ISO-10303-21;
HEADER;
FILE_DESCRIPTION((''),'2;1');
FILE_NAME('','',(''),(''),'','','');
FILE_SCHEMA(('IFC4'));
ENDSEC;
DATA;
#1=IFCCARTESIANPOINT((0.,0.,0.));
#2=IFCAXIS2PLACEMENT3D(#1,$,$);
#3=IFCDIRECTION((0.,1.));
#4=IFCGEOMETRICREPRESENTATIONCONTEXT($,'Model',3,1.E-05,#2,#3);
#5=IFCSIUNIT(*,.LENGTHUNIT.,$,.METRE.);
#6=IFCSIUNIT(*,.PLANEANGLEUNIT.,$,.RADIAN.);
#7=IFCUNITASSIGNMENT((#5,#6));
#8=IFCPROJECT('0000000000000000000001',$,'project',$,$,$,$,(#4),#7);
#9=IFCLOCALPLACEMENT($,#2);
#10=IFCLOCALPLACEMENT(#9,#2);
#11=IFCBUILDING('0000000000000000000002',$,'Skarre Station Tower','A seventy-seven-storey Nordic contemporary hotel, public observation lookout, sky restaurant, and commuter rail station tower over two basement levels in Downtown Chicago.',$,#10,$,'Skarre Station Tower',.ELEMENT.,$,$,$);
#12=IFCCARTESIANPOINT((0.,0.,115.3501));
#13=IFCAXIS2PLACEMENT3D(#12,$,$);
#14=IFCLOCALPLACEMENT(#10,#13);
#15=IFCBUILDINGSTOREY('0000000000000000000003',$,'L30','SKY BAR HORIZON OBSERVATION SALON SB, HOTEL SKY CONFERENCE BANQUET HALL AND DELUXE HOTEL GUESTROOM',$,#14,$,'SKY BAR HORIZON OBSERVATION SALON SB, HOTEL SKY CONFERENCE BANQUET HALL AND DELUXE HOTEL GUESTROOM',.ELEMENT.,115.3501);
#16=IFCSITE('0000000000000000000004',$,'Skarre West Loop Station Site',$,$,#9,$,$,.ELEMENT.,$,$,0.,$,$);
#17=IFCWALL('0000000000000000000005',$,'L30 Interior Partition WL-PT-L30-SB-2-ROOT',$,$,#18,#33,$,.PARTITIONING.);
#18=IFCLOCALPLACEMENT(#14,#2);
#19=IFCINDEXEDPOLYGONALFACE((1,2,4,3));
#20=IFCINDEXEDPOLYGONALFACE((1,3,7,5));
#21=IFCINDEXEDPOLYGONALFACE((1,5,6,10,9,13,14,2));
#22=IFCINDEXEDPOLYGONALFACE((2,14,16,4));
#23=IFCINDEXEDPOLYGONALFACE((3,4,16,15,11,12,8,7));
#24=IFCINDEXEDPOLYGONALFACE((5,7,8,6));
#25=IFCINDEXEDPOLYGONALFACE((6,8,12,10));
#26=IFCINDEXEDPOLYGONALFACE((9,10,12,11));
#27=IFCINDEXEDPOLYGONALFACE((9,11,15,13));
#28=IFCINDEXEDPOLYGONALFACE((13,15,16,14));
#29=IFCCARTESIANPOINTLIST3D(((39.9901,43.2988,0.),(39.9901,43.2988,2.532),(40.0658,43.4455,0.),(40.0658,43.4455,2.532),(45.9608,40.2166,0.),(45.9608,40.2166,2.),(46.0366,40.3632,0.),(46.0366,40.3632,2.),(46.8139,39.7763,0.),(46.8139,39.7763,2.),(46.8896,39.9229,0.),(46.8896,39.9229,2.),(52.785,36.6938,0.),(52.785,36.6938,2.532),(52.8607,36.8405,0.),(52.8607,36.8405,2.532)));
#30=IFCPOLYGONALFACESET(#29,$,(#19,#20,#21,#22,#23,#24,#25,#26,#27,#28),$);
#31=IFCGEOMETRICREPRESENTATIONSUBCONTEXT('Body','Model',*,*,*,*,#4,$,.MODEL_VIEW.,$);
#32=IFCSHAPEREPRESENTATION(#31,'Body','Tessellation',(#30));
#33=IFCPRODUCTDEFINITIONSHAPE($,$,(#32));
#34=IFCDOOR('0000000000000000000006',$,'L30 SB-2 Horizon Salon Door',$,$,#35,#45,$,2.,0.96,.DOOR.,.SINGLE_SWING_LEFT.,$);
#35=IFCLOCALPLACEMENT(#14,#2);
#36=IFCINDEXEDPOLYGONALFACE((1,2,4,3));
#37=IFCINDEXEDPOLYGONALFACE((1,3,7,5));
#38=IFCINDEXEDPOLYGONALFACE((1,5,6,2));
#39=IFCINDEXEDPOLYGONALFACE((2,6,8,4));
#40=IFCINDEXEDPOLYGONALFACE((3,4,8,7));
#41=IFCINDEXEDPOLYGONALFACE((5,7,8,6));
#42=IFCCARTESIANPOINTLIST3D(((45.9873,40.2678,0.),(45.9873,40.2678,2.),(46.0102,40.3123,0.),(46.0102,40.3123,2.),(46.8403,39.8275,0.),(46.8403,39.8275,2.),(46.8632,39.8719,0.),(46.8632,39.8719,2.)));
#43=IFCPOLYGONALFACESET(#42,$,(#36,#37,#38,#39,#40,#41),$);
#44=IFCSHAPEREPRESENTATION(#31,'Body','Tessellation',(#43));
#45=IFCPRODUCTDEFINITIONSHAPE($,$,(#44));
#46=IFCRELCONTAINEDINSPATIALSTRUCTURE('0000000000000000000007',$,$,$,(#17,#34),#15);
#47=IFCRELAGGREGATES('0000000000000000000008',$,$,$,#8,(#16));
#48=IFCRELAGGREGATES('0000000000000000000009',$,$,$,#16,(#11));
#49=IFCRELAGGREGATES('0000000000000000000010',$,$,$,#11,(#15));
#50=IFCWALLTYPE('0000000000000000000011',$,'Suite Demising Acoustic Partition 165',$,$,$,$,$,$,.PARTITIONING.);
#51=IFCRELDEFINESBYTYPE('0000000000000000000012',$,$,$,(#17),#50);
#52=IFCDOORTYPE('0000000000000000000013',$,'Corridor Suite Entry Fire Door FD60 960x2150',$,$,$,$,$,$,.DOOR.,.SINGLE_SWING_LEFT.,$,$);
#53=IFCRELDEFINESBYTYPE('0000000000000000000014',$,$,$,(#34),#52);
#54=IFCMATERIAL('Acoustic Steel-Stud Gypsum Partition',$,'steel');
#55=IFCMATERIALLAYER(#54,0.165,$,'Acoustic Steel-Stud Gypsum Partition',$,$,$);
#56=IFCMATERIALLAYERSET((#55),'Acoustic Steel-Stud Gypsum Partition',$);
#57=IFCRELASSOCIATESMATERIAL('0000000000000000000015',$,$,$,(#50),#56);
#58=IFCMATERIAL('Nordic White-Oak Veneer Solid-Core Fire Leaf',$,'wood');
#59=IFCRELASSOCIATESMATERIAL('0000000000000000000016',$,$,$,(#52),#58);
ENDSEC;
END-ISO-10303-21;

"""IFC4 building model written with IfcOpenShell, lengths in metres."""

from ifc_helpers import new_model, si_unit, direction, frame, frame_2d, origin, place, context, subcontext, project, spatial, rectangle, extrude, material, layer, layer_set, type_object, element, fill, save


model = new_model("IFC4")

# Units and contexts
model_context = context("Model", 3, precision=1e-05, world=origin(), true_north=direction((0.0, 1.0)))
body_context = subcontext(model_context, "Body", "Model", "MODEL_VIEW")
ifc_project = project(units=[si_unit("LENGTHUNIT", "METRE"), si_unit("PLANEANGLEUNIT", "RADIAN")], contexts=[model_context])

# Site, building, storey
site_placement = place(None, origin())
site = spatial("IfcSite", under=ifc_project, at=site_placement, Name="Skarre West Loop Station Site", CompositionType="ELEMENT", RefElevation=0.0)
building_placement = place(site_placement, origin())
building = spatial("IfcBuilding", under=site, at=building_placement, Name="Skarre Station Tower", Description="A seventy-seven-storey Nordic contemporary hotel, public observation lookout, sky restaurant, and commuter rail station tower over two basement levels in Downtown Chicago.", LongName="Skarre Station Tower", CompositionType="ELEMENT")
storey_placement = place(building_placement, frame((0.0, 0.0, 115.3501)))
storey = spatial("IfcBuildingStorey", under=building, at=storey_placement, Name="L30", Description="SKY BAR HORIZON OBSERVATION SALON SB, HOTEL SKY CONFERENCE BANQUET HALL AND DELUXE HOTEL GUESTROOM", LongName="SKY BAR HORIZON OBSERVATION SALON SB, HOTEL SKY CONFERENCE BANQUET HALL AND DELUXE HOTEL GUESTROOM", CompositionType="ELEMENT", Elevation=115.3501)

# Wall, opening, door
ifc_material_1 = material(Name="Acoustic Steel-Stud Gypsum Partition", Category="steel")
ifc_layer_1 = layer(ifc_material_1, 0.165, Name="Acoustic Steel-Stud Gypsum Partition")
ifc_layer_set_1 = layer_set([ifc_layer_1], Name="Acoustic Steel-Stud Gypsum Partition")
wall_type_1 = type_object("IfcWallType", Name="Suite Demising Acoustic Partition 165", PredefinedType="PARTITIONING", material=ifc_layer_set_1)
wall_1_placement = place(storey_placement, frame((52.823, 36.7671, 0.0), z_axis=(0.0, 0.0, 1.0), x_axis=(-0.888588, 0.458706, 0.0)))
wall_1 = element("IfcWall", 1, at=wall_1_placement, inside=storey, type_object=wall_type_1, Name="L30 Interior Partition WL-PT-L30-SB-2-ROOT", PredefinedType="PARTITIONING", context=body_context, shape_type="SweptSolid", body=[
    extrude(rectangle(XDim=14.3992, YDim=0.165, at=frame_2d((7.1997, 0.0))), origin(), (0.0, 0.0, 1.0), 2.532),
])
opening_1_placement = place(wall_1_placement, frame((6.72, 0.0, 0.0)))
opening_1 = element("IfcOpeningElement", 2, at=opening_1_placement, cuts=wall_1, PredefinedType="OPENING", context=body_context, shape_type="SweptSolid", body=[
    extrude(rectangle(XDim=0.96, YDim=2.0, at=frame_2d((0.48, 1.0))), frame((0.0, 0.0925, 0.0), z_axis=(0.0, -1.0, 0.0), x_axis=(1.0, 0.0, 0.0)), (0.0, 0.0, 1.0), 0.1851),
])
ifc_material_2 = material(Name="Nordic White-Oak Veneer Solid-Core Fire Leaf", Category="wood")
door_type = type_object("IfcDoorType", Name="Corridor Suite Entry Fire Door FD60 960x2150", OperationType="SINGLE_SWING_LEFT", PredefinedType="DOOR", material=ifc_material_2)
door_placement = place(opening_1_placement, origin())
door = element("IfcDoor", 3, at=door_placement, inside=storey, type_object=door_type, Name="L30 SB-2 Horizon Salon Door", OperationType="SINGLE_SWING_LEFT", OverallHeight=2.0, OverallWidth=0.96, PredefinedType="DOOR", context=body_context, shape_type="SweptSolid", body=[
    extrude(rectangle(XDim=0.96, YDim=2.0, at=frame_2d((0.48, 1.0))), frame((0.0, 0.0249, 0.0), z_axis=(0.0, -1.0, 0.0), x_axis=(1.0, 0.0, 0.0)), (0.0, 0.0, 1.0), 0.05),
])
fill(opening_1, door)

save(model, "model.ifc")
